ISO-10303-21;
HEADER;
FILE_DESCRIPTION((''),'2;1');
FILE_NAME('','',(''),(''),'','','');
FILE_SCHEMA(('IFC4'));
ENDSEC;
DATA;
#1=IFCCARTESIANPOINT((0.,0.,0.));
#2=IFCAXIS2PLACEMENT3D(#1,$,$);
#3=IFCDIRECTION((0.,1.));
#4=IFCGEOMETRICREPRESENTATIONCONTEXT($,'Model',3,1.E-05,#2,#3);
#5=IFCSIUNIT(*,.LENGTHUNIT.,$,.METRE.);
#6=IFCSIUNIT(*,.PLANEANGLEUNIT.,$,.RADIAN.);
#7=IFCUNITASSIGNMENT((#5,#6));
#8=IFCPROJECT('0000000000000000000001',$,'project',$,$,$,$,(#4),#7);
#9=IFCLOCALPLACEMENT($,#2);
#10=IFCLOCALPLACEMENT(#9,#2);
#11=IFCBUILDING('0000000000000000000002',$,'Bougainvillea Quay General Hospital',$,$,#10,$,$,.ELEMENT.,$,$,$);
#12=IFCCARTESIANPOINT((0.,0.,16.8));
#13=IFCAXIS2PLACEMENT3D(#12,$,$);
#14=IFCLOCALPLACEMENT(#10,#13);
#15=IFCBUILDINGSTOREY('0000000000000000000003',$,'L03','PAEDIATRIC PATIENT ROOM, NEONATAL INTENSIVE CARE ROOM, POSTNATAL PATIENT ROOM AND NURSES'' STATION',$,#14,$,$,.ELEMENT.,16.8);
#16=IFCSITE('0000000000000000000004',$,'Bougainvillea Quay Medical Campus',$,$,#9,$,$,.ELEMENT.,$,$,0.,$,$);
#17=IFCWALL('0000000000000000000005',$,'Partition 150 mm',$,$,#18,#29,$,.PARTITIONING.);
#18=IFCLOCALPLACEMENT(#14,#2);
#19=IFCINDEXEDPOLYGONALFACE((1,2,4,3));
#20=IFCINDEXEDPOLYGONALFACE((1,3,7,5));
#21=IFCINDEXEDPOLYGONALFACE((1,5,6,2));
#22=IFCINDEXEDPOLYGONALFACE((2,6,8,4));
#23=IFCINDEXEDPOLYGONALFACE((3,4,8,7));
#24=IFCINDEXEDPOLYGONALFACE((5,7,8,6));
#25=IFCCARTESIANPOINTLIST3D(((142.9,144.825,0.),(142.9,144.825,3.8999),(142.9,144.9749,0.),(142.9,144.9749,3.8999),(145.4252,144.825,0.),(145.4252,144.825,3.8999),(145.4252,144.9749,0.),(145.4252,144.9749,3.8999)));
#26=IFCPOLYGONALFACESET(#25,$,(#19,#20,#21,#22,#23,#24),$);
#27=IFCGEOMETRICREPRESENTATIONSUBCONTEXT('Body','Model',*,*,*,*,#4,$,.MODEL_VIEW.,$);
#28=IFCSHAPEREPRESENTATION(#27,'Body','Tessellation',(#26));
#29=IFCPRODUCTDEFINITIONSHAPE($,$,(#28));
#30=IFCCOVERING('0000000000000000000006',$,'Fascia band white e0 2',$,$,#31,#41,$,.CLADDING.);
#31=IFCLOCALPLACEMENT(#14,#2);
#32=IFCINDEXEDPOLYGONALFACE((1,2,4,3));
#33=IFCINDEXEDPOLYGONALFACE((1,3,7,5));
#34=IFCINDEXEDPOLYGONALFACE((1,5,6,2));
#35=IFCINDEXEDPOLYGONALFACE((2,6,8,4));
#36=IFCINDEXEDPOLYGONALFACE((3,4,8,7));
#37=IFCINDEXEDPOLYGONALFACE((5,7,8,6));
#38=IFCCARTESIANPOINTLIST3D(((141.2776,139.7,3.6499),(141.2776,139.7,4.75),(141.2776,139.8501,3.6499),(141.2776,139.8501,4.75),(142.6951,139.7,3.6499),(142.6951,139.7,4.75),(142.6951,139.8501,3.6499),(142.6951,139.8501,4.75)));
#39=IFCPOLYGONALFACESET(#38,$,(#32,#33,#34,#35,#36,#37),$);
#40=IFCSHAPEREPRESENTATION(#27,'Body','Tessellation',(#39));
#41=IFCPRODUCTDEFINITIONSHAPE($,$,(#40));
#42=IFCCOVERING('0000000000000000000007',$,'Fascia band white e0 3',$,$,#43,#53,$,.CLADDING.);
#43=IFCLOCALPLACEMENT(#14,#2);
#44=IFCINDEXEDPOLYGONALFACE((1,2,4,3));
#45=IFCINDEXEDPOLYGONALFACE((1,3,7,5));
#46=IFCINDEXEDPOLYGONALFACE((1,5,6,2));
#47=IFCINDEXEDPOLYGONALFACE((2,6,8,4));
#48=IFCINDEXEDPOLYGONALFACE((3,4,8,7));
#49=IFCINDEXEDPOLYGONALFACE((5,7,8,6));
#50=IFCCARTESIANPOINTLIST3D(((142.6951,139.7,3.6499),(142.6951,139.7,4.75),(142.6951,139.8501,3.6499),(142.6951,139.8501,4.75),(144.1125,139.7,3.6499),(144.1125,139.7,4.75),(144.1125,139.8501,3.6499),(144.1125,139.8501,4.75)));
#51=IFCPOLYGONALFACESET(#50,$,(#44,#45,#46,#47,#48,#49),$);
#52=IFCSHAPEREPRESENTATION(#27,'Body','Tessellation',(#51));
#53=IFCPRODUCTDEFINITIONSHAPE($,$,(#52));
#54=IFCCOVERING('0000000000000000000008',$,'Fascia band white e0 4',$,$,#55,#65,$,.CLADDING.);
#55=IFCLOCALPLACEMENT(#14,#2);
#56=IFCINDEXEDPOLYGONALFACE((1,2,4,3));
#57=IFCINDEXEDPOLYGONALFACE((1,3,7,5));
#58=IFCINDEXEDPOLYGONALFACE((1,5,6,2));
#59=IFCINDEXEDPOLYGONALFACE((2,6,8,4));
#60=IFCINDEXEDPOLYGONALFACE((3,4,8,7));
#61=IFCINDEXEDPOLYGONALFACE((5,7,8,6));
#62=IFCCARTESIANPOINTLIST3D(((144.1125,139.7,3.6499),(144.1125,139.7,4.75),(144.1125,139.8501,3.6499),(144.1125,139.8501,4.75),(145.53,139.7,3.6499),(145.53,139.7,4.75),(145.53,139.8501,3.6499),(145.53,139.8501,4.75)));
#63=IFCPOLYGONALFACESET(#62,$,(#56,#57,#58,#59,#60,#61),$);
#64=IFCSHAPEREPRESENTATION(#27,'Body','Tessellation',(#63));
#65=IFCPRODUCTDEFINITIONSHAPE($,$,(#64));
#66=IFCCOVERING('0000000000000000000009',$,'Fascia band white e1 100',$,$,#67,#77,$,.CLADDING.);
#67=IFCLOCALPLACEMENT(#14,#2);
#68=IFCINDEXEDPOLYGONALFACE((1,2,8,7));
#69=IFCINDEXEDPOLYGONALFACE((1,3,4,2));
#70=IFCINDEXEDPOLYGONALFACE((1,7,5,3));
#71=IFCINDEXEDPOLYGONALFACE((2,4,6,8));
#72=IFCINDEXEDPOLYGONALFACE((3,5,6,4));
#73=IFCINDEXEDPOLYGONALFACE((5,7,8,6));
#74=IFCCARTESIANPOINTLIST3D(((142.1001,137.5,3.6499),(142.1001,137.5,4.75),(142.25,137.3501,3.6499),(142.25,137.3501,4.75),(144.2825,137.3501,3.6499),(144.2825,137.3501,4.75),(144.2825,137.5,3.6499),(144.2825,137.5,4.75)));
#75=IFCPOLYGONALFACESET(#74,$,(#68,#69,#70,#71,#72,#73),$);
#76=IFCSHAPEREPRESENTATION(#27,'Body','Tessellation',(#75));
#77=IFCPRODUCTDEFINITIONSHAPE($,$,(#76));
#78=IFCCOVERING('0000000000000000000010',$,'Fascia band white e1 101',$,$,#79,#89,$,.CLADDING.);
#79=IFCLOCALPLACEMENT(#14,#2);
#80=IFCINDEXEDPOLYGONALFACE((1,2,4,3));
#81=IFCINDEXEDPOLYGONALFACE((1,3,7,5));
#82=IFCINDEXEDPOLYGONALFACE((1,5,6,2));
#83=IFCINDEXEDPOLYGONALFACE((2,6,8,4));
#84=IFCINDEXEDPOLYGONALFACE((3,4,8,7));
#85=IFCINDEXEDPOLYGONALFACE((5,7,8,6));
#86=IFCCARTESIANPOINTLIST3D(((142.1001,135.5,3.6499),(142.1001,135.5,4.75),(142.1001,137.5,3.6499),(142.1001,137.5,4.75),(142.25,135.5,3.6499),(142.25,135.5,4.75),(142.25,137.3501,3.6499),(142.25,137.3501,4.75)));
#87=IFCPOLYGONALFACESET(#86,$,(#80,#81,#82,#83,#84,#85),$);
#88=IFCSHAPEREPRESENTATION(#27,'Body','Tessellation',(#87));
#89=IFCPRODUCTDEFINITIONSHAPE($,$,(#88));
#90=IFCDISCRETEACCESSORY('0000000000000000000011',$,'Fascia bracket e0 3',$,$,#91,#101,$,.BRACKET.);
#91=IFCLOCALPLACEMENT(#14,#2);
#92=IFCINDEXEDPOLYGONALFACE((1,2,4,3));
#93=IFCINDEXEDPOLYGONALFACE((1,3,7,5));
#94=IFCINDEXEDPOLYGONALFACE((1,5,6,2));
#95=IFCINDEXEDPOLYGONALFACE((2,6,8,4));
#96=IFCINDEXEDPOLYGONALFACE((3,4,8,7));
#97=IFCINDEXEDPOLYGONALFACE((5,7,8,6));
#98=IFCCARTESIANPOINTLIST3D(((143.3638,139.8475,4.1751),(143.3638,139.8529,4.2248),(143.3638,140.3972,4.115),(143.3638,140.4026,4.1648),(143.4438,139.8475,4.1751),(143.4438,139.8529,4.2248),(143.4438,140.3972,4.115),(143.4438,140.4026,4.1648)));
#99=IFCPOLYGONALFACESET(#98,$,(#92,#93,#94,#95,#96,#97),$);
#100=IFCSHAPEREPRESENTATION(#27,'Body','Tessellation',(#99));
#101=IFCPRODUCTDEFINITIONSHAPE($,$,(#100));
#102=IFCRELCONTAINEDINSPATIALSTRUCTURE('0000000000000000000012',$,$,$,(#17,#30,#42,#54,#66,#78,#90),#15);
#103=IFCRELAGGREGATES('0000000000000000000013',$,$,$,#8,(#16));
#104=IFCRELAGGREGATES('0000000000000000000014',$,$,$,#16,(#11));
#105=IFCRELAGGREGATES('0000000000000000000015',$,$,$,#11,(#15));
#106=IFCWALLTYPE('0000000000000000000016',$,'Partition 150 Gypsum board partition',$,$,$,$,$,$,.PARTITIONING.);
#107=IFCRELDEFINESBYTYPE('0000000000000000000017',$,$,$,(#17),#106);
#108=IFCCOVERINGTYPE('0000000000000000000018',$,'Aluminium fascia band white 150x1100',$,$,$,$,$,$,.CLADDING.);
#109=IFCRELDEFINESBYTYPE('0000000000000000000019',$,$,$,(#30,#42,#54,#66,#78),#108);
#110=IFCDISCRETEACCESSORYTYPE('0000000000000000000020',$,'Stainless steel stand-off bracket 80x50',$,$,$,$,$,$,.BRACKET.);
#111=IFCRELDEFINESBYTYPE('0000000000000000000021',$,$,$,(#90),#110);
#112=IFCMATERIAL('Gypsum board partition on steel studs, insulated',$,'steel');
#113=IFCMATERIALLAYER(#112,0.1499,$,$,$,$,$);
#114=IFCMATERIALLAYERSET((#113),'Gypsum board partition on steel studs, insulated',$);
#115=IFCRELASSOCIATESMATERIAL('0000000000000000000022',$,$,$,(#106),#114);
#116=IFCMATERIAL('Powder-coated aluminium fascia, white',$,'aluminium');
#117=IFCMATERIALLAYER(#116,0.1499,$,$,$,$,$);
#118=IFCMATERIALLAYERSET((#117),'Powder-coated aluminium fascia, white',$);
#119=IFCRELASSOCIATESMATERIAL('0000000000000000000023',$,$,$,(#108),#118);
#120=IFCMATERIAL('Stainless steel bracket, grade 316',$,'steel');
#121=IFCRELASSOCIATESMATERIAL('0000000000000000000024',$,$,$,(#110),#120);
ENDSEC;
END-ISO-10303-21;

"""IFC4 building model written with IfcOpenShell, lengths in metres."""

from ifc_helpers import new_model, si_unit, direction, frame, frame_2d, origin, origin_2d, place, context, subcontext, project, spatial, polyline, rectangle, outline, extrude, material, layer, layer_set, material_profile, profile_set, type_object, element, save


model = new_model("IFC4")

# Units and contexts
model_context = context("Model", 3, precision=1e-05, world=origin(), true_north=direction((0.0, 1.0)))
body_context = subcontext(model_context, "Body", "Model", "MODEL_VIEW")
ifc_project = project(units=[si_unit("LENGTHUNIT", "METRE"), si_unit("PLANEANGLEUNIT", "RADIAN")], contexts=[model_context])

# Site, building, storey
site_placement = place(None, origin())
site = spatial("IfcSite", under=ifc_project, at=site_placement, Name="Bougainvillea Quay Medical Campus", CompositionType="ELEMENT", RefElevation=0.0)
building_placement = place(site_placement, origin())
building = spatial("IfcBuilding", under=site, at=building_placement, Name="Bougainvillea Quay General Hospital", CompositionType="ELEMENT")
storey_placement = place(building_placement, frame((0.0, 0.0, 16.8)))
storey = spatial("IfcBuildingStorey", under=building, at=storey_placement, Name="L03", Description="PAEDIATRIC PATIENT ROOM, NEONATAL INTENSIVE CARE ROOM, POSTNATAL PATIENT ROOM AND NURSES' STATION", CompositionType="ELEMENT", Elevation=16.8)

# Wall
ifc_material_1 = material(Name="Gypsum board partition on steel studs, insulated", Category="steel")
ifc_layer_1 = layer(ifc_material_1, 0.1499)
ifc_layer_set_1 = layer_set([ifc_layer_1], Name="Gypsum board partition on steel studs, insulated")
wall_type = type_object("IfcWallType", Name="Partition 150 Gypsum board partition", PredefinedType="PARTITIONING", material=ifc_layer_set_1)
wall_placement = place(storey_placement, frame((142.8999, 144.8999, 0.0), z_axis=(0.0, 0.0, 1.0), x_axis=(1.0, 0.0, 0.0)))
element("IfcWall", 1, at=wall_placement, inside=storey, type_object=wall_type, Name="Partition 150 mm", PredefinedType="PARTITIONING", context=body_context, shape_type="SweptSolid", body=[
    extrude(rectangle(XDim=2.5251, YDim=0.1499, at=frame_2d((1.2627, 0.0))), origin(), (0.0, 0.0, 1.0), 3.8999),
])

# Coverings
ifc_material_2 = material(Name="Powder-coated aluminium fascia, white", Category="aluminium")
ifc_layer_2 = layer(ifc_material_2, 0.1499)
ifc_layer_set_2 = layer_set([ifc_layer_2], Name="Powder-coated aluminium fascia, white")
covering_type = type_object("IfcCoveringType", Name="Aluminium fascia band white 150x1100", PredefinedType="CLADDING", material=ifc_layer_set_2)
for number, where, z_axis, x_axis, name in (
    (2, (141.2776, 139.8501, 3.6499), (0.0, 0.0, 1.0), (1.0, 0.0, 0.0), "Fascia band white e0 2"),
    (3, (142.6951, 139.8501, 3.6499), (0.0, 0.0, 1.0), (1.0, 0.0, 0.0), "Fascia band white e0 3"),
    (4, (144.1125, 139.8501, 3.6499), (0.0, 0.0, 1.0), (1.0, 0.0, 0.0), "Fascia band white e0 4"),
):
    element("IfcCovering", number, at=place(storey_placement, frame(where, z_axis=z_axis, x_axis=x_axis)), inside=storey, type_object=covering_type, Name=name, PredefinedType="CLADDING", context=body_context, shape_type="SweptSolid", body=[
        extrude(outline(polyline([(0.0, 0.0), (1.4175, 0.0), (1.4175, -0.1501), (0.0, -0.1501), (0.0, 0.0)])), origin(), (0.0, 0.0, 1.0), 1.1001),
    ])
covering_1_placement = place(storey_placement, frame((144.2825, 137.3501, 3.6499), z_axis=(0.0, 0.0, 1.0), x_axis=(-1.0, 0.0, 0.0)))
element("IfcCovering", 5, at=covering_1_placement, inside=storey, type_object=covering_type, Name="Fascia band white e1 100", PredefinedType="CLADDING", context=body_context, shape_type="SweptSolid", body=[
    extrude(outline(polyline([(0.0, 0.0), (2.0325, 0.0), (2.1824, -0.1499), (0.0, -0.1499), (0.0, 0.0)])), origin(), (0.0, 0.0, 1.0), 1.1001),
])
covering_2_placement = place(storey_placement, frame((142.25, 137.3501, 3.6499), z_axis=(0.0, 0.0, 1.0), x_axis=(0.0, -1.0, 0.0)))
element("IfcCovering", 6, at=covering_2_placement, inside=storey, type_object=covering_type, Name="Fascia band white e1 101", PredefinedType="CLADDING", context=body_context, shape_type="SweptSolid", body=[
    extrude(outline(polyline([(0.0, 0.0), (1.8501, 0.0), (1.8501, -0.1499), (-0.1499, -0.1499), (0.0, 0.0)])), origin(), (0.0, 0.0, 1.0), 1.1001),
])

# Discrete accessory
ifc_material_3 = material(Name="Stainless steel bracket, grade 316", Category="steel")
ifc_material_profile_1 = material_profile(ifc_material_3, rectangle(XDim=0.0801, YDim=0.05, at=origin_2d()))
ifc_profile_set_1 = profile_set([ifc_material_profile_1], Name="Stainless steel bracket, grade 316")
discrete_accessory_type = type_object("IfcDiscreteAccessoryType", Name="Stainless steel stand-off bracket 80x50", PredefinedType="BRACKET", material=ifc_profile_set_1)
discrete_accessory_placement = place(storey_placement, frame((143.4038, 140.3999, 4.1399), z_axis=(0.0, -0.994087, 0.10859), x_axis=(1.0, 0.0, 0.0)))
element("IfcDiscreteAccessory", 7, at=discrete_accessory_placement, inside=storey, type_object=discrete_accessory_type, Name="Fascia bracket e0 3", PredefinedType="BRACKET", context=body_context, shape_type="SweptSolid", body=[
    extrude(rectangle(XDim=0.0801, YDim=0.05, at=origin_2d()), origin(), (0.0, 0.0, 1.0), 0.553),
])

save(model, "model.ifc")
